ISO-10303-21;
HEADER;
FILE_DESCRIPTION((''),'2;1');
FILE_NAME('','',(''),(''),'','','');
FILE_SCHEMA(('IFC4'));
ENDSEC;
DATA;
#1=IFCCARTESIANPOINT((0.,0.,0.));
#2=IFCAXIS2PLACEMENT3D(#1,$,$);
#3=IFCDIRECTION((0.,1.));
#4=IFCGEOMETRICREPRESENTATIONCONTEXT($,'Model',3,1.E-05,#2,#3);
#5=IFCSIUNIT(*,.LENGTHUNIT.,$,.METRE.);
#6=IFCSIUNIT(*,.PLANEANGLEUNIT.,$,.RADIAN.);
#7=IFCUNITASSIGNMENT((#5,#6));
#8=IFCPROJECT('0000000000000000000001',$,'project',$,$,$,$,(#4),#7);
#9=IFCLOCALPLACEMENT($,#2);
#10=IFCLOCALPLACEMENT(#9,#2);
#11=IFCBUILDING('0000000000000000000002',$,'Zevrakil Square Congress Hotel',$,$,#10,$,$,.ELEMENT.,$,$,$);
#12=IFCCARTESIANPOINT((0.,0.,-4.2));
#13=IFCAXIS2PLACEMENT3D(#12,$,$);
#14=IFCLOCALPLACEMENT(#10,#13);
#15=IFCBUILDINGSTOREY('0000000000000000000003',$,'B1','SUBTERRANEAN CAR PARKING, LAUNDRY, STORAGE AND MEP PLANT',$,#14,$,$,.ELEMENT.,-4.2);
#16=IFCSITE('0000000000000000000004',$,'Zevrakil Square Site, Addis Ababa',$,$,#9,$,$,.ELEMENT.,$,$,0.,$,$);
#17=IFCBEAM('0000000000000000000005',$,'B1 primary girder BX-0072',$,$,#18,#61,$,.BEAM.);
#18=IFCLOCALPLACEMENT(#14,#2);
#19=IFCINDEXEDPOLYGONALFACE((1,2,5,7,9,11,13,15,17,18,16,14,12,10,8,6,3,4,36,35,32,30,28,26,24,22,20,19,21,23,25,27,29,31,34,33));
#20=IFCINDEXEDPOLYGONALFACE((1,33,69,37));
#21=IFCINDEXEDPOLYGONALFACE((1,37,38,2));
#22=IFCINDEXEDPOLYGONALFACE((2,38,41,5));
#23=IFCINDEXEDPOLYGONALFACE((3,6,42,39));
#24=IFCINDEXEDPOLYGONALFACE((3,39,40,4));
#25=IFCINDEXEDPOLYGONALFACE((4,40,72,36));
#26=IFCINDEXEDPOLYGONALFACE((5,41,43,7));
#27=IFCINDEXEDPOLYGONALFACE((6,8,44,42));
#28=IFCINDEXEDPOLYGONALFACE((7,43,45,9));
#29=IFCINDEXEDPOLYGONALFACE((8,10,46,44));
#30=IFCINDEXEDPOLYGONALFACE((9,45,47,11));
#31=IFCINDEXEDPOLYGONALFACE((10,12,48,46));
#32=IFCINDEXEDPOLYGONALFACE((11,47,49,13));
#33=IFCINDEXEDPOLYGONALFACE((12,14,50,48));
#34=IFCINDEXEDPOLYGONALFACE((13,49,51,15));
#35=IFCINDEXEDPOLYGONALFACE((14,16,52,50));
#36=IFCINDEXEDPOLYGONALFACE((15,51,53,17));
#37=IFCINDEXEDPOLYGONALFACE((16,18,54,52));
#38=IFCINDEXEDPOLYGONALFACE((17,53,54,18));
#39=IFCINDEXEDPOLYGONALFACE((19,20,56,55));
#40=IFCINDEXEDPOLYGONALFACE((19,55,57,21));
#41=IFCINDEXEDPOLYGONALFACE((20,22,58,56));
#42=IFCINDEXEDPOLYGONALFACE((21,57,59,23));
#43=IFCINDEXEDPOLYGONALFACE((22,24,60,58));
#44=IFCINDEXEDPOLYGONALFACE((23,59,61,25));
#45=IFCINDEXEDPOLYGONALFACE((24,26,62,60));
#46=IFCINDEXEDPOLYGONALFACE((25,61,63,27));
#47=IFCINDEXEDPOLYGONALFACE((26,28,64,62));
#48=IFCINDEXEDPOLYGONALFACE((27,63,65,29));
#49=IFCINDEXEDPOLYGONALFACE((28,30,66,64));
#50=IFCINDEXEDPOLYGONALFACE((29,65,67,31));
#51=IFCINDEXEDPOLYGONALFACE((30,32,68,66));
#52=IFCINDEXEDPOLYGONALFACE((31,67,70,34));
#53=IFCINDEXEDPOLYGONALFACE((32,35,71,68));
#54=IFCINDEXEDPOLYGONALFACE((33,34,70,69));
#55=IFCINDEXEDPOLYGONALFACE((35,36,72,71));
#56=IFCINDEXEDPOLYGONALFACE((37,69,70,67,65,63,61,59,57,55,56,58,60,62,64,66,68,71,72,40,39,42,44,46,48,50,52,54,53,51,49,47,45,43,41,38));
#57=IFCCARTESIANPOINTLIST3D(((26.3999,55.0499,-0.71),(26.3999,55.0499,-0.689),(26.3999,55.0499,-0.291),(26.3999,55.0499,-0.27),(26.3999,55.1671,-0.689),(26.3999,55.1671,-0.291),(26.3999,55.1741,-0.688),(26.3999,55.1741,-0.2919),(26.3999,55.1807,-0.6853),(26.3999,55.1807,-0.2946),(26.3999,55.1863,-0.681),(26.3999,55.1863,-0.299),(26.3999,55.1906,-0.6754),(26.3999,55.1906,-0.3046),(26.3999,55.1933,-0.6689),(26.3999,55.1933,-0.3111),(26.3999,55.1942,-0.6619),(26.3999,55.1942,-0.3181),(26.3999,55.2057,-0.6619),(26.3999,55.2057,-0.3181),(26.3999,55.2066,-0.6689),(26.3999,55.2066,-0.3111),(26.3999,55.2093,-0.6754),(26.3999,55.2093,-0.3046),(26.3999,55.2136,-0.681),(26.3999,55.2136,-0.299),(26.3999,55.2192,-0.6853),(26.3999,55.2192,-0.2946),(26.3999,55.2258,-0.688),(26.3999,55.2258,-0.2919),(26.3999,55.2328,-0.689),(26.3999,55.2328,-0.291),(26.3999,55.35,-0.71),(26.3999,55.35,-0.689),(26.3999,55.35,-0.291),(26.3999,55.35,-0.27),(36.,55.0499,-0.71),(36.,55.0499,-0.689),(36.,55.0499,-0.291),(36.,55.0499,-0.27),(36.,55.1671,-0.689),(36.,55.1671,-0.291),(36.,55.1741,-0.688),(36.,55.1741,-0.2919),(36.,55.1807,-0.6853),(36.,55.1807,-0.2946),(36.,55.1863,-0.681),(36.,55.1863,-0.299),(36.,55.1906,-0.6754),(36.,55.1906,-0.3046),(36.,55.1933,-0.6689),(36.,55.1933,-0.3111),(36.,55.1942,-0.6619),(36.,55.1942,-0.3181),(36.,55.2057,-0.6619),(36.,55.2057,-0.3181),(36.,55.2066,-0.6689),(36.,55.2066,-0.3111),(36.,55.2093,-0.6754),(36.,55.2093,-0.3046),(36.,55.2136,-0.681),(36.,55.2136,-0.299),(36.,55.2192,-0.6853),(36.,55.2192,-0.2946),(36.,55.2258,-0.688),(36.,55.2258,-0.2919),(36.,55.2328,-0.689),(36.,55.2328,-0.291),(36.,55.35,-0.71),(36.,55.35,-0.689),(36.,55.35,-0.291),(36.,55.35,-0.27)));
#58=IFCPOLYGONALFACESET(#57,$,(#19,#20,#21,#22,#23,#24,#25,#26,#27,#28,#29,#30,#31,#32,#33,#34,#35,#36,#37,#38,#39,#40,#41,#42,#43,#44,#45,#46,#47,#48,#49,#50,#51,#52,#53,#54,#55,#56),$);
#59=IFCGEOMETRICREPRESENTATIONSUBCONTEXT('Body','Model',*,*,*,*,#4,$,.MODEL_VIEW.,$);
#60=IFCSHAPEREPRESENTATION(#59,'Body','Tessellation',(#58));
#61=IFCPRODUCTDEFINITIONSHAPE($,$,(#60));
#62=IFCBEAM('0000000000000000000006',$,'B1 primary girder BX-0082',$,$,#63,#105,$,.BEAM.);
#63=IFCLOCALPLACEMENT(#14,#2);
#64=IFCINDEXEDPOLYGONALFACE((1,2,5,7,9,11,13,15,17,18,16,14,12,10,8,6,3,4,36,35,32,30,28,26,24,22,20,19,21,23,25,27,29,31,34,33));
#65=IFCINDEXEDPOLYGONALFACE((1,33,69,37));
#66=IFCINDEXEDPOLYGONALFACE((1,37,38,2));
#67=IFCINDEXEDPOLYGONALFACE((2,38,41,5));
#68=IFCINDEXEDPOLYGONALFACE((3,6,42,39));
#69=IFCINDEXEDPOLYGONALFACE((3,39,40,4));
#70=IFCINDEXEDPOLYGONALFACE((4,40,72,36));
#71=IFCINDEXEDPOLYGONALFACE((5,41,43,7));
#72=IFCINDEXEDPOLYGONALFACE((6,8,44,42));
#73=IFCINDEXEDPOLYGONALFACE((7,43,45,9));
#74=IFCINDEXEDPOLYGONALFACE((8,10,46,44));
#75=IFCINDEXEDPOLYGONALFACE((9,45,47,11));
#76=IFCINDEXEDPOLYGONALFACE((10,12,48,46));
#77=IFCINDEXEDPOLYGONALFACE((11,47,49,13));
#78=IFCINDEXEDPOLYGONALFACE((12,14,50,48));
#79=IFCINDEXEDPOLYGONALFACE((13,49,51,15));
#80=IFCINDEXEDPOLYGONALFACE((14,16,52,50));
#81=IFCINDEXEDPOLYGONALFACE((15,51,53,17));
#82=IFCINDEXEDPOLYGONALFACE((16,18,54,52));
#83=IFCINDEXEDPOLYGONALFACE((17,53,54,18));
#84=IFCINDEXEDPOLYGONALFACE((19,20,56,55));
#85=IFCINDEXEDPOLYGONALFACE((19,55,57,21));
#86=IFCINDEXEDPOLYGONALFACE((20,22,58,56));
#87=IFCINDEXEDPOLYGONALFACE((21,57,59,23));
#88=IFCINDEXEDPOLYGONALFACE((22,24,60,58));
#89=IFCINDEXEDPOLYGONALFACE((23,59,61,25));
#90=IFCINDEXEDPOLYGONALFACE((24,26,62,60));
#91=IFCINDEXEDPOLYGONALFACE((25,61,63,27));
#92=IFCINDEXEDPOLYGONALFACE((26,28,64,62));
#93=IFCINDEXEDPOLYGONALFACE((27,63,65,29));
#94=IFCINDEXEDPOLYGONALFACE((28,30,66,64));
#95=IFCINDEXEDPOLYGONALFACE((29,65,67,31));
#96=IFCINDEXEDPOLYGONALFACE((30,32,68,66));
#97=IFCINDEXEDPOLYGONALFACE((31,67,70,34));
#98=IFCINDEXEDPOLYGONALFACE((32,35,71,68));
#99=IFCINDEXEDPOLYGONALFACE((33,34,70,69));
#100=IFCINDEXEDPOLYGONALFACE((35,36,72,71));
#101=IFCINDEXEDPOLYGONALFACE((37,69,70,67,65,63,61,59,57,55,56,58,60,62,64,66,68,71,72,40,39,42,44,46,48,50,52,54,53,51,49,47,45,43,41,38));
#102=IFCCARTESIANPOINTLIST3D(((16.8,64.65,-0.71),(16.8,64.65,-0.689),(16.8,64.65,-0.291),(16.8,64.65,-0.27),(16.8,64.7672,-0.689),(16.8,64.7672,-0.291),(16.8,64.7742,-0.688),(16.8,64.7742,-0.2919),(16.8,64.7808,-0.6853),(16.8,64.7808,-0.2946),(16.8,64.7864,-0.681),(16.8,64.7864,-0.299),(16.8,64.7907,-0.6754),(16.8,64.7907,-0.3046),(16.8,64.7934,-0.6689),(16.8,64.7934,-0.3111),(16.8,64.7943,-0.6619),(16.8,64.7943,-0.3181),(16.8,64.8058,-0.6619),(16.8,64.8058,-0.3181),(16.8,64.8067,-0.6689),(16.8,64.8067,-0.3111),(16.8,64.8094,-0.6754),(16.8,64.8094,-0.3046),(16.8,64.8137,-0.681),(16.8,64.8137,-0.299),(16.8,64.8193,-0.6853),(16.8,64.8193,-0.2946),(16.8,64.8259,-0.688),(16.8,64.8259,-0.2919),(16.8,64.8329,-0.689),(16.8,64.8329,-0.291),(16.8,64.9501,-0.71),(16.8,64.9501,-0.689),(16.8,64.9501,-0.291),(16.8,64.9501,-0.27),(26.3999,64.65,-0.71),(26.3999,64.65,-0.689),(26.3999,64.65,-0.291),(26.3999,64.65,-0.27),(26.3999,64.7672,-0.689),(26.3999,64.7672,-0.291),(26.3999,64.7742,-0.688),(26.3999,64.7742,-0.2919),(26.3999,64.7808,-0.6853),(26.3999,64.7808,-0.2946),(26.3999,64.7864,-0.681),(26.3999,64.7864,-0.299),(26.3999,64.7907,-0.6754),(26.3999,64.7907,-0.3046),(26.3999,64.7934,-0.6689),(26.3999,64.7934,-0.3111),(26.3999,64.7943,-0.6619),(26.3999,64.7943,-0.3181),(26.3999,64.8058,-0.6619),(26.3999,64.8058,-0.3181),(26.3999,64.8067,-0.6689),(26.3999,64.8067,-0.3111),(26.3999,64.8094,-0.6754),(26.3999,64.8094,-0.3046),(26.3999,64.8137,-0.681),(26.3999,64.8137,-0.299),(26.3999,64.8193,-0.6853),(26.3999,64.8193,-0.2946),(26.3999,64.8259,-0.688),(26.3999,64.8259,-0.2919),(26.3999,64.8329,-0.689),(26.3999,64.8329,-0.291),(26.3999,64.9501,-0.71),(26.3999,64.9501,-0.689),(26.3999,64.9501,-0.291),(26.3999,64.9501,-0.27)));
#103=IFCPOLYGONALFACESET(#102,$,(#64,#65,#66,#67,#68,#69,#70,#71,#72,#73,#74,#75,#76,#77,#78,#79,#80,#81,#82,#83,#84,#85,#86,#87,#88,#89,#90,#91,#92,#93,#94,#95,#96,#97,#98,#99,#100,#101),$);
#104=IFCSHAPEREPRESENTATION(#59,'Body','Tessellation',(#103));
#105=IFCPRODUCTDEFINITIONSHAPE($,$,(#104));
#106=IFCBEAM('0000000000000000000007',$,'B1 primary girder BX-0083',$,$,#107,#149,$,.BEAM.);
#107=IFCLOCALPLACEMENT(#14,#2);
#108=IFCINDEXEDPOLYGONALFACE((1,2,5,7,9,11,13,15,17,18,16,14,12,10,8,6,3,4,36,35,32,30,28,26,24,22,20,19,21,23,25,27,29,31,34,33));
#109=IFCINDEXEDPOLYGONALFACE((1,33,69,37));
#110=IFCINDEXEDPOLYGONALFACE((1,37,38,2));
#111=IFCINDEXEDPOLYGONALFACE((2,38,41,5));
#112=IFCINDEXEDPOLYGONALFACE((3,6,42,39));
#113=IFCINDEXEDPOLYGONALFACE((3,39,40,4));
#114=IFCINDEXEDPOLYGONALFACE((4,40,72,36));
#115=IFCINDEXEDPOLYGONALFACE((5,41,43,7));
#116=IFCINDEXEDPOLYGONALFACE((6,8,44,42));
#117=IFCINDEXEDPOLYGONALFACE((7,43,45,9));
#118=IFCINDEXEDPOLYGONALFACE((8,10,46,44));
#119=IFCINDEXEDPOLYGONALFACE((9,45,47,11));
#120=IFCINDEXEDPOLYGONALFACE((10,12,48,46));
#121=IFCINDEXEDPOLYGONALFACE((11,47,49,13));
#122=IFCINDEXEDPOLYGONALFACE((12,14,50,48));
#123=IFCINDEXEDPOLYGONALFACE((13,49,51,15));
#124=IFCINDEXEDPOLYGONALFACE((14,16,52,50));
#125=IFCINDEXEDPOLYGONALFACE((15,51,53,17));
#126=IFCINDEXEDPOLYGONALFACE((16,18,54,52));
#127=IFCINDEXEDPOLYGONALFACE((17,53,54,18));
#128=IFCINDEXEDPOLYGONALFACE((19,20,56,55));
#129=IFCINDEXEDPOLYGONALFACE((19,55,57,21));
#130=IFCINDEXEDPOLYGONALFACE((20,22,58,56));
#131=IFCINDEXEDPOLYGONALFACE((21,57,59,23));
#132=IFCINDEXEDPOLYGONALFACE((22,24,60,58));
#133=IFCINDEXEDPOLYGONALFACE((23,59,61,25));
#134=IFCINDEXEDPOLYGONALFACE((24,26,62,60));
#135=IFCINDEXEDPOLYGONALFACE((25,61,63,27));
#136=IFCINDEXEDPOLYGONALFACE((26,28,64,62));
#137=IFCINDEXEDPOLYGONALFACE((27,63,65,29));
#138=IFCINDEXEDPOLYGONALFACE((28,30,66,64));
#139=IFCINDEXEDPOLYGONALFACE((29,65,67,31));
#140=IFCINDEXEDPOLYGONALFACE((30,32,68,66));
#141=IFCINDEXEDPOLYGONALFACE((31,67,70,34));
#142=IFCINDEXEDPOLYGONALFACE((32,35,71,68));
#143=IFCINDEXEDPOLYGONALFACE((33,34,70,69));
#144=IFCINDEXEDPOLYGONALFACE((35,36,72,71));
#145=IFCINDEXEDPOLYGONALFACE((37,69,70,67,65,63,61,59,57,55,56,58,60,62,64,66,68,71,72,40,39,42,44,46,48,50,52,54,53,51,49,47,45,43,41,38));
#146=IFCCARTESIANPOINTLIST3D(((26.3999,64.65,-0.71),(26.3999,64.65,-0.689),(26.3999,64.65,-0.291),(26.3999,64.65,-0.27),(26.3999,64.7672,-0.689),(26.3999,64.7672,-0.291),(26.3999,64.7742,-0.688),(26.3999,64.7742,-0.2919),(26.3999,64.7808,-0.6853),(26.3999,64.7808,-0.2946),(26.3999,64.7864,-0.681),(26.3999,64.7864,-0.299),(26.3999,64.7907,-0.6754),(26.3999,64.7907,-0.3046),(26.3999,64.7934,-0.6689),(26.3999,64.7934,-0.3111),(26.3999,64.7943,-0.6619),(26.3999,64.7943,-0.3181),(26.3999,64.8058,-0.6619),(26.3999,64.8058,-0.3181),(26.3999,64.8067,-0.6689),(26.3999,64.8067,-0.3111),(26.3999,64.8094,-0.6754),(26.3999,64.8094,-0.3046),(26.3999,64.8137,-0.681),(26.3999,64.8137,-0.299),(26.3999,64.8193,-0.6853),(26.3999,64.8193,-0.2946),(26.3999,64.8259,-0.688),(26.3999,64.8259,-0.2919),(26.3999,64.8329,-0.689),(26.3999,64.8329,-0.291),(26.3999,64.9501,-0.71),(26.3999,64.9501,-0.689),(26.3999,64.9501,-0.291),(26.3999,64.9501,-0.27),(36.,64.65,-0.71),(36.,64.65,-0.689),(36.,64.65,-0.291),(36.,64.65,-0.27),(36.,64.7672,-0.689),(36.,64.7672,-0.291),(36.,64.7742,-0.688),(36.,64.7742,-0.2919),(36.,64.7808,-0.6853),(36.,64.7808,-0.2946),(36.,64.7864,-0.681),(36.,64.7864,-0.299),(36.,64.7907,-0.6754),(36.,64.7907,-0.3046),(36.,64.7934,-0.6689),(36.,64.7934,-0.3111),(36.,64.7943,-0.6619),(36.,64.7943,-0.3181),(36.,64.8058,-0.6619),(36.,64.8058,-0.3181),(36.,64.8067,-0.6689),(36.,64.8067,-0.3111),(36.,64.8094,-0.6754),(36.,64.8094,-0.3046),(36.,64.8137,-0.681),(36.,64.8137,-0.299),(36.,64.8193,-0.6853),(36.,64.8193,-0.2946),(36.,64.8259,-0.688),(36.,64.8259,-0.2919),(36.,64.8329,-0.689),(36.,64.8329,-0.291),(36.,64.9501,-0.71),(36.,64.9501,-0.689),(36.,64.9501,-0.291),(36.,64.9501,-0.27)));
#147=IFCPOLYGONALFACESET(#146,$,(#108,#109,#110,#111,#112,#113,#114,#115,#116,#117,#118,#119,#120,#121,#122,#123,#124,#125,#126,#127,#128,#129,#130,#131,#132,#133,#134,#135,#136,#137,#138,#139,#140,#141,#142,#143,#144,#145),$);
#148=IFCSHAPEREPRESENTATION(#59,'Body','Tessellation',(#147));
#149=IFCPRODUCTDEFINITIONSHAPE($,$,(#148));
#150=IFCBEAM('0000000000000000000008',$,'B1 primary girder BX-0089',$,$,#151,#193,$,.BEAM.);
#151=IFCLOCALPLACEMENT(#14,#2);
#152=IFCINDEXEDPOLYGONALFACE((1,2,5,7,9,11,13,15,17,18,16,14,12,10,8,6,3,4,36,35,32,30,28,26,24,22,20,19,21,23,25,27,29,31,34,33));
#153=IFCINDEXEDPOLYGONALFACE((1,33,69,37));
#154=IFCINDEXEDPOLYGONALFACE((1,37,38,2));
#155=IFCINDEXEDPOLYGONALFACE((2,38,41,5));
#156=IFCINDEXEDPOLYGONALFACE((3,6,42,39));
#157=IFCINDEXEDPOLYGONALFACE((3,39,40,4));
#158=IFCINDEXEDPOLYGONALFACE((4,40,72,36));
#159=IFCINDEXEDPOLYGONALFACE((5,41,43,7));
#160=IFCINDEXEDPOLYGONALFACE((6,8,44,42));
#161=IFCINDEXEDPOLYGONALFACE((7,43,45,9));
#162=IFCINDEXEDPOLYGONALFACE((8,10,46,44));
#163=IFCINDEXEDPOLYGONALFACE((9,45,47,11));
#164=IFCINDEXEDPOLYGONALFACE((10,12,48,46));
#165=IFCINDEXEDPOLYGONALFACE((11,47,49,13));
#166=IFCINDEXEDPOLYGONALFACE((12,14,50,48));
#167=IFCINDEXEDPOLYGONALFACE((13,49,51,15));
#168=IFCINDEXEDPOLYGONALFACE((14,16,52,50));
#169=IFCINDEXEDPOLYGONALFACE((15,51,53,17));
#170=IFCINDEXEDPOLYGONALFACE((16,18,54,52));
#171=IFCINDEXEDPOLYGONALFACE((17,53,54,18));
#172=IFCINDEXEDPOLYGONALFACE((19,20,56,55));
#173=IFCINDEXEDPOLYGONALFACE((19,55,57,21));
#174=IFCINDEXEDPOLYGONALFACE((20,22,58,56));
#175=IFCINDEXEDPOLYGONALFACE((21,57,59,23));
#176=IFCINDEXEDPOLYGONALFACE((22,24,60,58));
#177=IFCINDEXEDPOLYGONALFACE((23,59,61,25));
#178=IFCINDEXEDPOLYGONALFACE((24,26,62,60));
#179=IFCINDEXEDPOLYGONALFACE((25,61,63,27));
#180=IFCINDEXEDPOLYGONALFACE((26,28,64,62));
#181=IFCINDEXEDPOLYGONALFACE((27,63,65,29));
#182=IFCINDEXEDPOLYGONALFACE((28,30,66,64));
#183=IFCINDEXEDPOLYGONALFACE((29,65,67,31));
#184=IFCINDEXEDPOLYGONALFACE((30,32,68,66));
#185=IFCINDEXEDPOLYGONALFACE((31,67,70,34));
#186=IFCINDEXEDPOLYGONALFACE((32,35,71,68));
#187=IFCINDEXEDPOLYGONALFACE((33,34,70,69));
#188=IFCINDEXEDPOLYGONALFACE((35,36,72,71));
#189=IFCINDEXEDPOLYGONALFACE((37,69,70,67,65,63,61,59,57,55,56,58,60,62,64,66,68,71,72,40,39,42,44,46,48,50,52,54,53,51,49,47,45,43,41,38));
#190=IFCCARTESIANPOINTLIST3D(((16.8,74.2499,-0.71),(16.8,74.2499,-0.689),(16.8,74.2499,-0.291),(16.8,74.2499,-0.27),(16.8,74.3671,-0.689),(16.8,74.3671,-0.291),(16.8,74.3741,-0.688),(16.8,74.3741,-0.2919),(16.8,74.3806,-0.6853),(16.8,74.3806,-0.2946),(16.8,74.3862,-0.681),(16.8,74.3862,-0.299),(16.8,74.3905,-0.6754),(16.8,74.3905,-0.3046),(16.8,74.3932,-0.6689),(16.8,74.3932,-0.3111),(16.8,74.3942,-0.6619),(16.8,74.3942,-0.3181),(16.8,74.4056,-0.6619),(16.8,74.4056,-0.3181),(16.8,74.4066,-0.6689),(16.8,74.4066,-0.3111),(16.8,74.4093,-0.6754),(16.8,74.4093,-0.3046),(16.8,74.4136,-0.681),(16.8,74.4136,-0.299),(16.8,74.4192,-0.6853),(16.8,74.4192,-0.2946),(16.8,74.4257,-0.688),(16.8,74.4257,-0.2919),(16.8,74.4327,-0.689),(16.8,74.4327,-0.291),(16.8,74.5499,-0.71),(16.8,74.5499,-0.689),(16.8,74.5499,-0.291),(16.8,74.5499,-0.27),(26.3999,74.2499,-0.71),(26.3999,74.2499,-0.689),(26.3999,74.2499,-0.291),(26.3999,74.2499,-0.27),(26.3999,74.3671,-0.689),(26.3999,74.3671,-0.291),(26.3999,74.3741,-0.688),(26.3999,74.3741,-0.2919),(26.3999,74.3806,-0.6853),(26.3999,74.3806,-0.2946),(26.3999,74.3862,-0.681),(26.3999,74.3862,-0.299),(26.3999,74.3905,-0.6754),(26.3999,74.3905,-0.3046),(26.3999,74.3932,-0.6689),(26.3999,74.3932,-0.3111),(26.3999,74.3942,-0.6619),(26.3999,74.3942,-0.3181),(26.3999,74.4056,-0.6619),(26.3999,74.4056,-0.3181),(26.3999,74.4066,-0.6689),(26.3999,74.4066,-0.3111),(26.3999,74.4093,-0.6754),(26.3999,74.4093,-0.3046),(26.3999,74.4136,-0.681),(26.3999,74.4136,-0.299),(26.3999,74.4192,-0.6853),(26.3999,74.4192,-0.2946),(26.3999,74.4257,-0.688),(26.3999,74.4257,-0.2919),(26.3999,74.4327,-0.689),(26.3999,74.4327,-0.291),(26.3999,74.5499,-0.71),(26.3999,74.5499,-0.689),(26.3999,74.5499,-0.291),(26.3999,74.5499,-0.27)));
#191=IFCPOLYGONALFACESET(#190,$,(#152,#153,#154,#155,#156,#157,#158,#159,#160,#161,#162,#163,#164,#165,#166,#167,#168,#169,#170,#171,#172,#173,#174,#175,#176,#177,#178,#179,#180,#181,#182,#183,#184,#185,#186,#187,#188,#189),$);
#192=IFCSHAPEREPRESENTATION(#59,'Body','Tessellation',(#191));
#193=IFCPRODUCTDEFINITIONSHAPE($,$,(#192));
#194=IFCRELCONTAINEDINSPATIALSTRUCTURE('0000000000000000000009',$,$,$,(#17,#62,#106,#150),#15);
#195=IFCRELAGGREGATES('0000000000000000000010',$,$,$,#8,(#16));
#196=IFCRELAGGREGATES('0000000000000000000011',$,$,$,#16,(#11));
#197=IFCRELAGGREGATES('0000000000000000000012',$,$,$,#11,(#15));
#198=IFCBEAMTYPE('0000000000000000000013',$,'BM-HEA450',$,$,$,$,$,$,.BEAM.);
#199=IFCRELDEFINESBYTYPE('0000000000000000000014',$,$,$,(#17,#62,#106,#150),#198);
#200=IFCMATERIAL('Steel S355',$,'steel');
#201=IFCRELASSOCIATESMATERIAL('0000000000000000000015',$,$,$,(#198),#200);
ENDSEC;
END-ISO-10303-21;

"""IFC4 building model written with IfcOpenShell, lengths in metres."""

from ifc_helpers import new_model, si_unit, direction, frame, origin, origin_2d, place, context, subcontext, project, spatial, i_section, extrude, material, material_profile, profile_set, type_object, element, save


model = new_model("IFC4")

# Units and contexts
model_context = context("Model", 3, precision=1e-05, world=origin(), true_north=direction((0.0, 1.0)))
body_context = subcontext(model_context, "Body", "Model", "MODEL_VIEW")
ifc_project = project(units=[si_unit("LENGTHUNIT", "METRE"), si_unit("PLANEANGLEUNIT", "RADIAN")], contexts=[model_context])

# Site, building, storey
site_placement = place(None, origin())
site = spatial("IfcSite", under=ifc_project, at=site_placement, Name="Zevrakil Square Site, Addis Ababa", CompositionType="ELEMENT", RefElevation=0.0)
building_placement = place(site_placement, origin())
building = spatial("IfcBuilding", under=site, at=building_placement, Name="Zevrakil Square Congress Hotel", CompositionType="ELEMENT")
storey_placement = place(building_placement, frame((0.0, 0.0, -4.2)))
storey = spatial("IfcBuildingStorey", under=building, at=storey_placement, Name="B1", Description="SUBTERRANEAN CAR PARKING, LAUNDRY, STORAGE AND MEP PLANT", CompositionType="ELEMENT", Elevation=-4.2)

# Beams
ifc_material_1 = material(Name="Steel S355", Category="steel")
ifc_material_profile_1 = material_profile(ifc_material_1, i_section(OverallWidth=0.3, OverallDepth=0.4399, WebThickness=0.0115, FlangeThickness=0.021, FilletRadius=0.0271, at=origin_2d()), Name="HEA 450")
ifc_profile_set_1 = profile_set([ifc_material_profile_1], Name="Steel S355")
beam_type_1 = type_object("IfcBeamType", Name="BM-HEA450", PredefinedType="BEAM", material=ifc_profile_set_1)
beam_1_placement = place(storey_placement, frame((26.3999, 55.2, -0.49), z_axis=(1.0, 0.0, 0.0), x_axis=(0.0, 1.0, 0.0)))
element("IfcBeam", 1, at=beam_1_placement, inside=storey, type_object=beam_type_1, Name="B1 primary girder BX-0072", PredefinedType="BEAM", context=body_context, shape_type="SweptSolid", body=[
    extrude(i_section(OverallWidth=0.3, OverallDepth=0.4399, WebThickness=0.0115, FlangeThickness=0.021, FilletRadius=0.0271, at=origin_2d()), origin(), (0.0, 0.0, 1.0), 9.6001),
])
beam_2_placement = place(storey_placement, frame((16.8, 64.8, -0.49), z_axis=(1.0, 0.0, 0.0), x_axis=(0.0, 1.0, 0.0)))
element("IfcBeam", 2, at=beam_2_placement, inside=storey, type_object=beam_type_1, Name="B1 primary girder BX-0082", PredefinedType="BEAM", context=body_context, shape_type="SweptSolid", body=[
    extrude(i_section(OverallWidth=0.3, OverallDepth=0.4399, WebThickness=0.0115, FlangeThickness=0.021, FilletRadius=0.0271, at=origin_2d()), origin(), (0.0, 0.0, 1.0), 9.5999),
])
beam_3_placement = place(storey_placement, frame((26.3999, 64.8, -0.49), z_axis=(1.0, 0.0, 0.0), x_axis=(0.0, 1.0, 0.0)))
element("IfcBeam", 3, at=beam_3_placement, inside=storey, type_object=beam_type_1, Name="B1 primary girder BX-0083", PredefinedType="BEAM", context=body_context, shape_type="SweptSolid", body=[
    extrude(i_section(OverallWidth=0.3, OverallDepth=0.4399, WebThickness=0.0115, FlangeThickness=0.021, FilletRadius=0.0271, at=origin_2d()), origin(), (0.0, 0.0, 1.0), 9.6001),
])
beam_4_placement = place(storey_placement, frame((16.8, 74.3999, -0.49), z_axis=(1.0, 0.0, 0.0), x_axis=(0.0, 1.0, 0.0)))
element("IfcBeam", 4, at=beam_4_placement, inside=storey, type_object=beam_type_1, Name="B1 primary girder BX-0089", PredefinedType="BEAM", context=body_context, shape_type="SweptSolid", body=[
    extrude(i_section(OverallWidth=0.3, OverallDepth=0.4399, WebThickness=0.0115, FlangeThickness=0.021, FilletRadius=0.0271, at=origin_2d()), origin(), (0.0, 0.0, 1.0), 9.5999),
])

save(model, "model.ifc")
